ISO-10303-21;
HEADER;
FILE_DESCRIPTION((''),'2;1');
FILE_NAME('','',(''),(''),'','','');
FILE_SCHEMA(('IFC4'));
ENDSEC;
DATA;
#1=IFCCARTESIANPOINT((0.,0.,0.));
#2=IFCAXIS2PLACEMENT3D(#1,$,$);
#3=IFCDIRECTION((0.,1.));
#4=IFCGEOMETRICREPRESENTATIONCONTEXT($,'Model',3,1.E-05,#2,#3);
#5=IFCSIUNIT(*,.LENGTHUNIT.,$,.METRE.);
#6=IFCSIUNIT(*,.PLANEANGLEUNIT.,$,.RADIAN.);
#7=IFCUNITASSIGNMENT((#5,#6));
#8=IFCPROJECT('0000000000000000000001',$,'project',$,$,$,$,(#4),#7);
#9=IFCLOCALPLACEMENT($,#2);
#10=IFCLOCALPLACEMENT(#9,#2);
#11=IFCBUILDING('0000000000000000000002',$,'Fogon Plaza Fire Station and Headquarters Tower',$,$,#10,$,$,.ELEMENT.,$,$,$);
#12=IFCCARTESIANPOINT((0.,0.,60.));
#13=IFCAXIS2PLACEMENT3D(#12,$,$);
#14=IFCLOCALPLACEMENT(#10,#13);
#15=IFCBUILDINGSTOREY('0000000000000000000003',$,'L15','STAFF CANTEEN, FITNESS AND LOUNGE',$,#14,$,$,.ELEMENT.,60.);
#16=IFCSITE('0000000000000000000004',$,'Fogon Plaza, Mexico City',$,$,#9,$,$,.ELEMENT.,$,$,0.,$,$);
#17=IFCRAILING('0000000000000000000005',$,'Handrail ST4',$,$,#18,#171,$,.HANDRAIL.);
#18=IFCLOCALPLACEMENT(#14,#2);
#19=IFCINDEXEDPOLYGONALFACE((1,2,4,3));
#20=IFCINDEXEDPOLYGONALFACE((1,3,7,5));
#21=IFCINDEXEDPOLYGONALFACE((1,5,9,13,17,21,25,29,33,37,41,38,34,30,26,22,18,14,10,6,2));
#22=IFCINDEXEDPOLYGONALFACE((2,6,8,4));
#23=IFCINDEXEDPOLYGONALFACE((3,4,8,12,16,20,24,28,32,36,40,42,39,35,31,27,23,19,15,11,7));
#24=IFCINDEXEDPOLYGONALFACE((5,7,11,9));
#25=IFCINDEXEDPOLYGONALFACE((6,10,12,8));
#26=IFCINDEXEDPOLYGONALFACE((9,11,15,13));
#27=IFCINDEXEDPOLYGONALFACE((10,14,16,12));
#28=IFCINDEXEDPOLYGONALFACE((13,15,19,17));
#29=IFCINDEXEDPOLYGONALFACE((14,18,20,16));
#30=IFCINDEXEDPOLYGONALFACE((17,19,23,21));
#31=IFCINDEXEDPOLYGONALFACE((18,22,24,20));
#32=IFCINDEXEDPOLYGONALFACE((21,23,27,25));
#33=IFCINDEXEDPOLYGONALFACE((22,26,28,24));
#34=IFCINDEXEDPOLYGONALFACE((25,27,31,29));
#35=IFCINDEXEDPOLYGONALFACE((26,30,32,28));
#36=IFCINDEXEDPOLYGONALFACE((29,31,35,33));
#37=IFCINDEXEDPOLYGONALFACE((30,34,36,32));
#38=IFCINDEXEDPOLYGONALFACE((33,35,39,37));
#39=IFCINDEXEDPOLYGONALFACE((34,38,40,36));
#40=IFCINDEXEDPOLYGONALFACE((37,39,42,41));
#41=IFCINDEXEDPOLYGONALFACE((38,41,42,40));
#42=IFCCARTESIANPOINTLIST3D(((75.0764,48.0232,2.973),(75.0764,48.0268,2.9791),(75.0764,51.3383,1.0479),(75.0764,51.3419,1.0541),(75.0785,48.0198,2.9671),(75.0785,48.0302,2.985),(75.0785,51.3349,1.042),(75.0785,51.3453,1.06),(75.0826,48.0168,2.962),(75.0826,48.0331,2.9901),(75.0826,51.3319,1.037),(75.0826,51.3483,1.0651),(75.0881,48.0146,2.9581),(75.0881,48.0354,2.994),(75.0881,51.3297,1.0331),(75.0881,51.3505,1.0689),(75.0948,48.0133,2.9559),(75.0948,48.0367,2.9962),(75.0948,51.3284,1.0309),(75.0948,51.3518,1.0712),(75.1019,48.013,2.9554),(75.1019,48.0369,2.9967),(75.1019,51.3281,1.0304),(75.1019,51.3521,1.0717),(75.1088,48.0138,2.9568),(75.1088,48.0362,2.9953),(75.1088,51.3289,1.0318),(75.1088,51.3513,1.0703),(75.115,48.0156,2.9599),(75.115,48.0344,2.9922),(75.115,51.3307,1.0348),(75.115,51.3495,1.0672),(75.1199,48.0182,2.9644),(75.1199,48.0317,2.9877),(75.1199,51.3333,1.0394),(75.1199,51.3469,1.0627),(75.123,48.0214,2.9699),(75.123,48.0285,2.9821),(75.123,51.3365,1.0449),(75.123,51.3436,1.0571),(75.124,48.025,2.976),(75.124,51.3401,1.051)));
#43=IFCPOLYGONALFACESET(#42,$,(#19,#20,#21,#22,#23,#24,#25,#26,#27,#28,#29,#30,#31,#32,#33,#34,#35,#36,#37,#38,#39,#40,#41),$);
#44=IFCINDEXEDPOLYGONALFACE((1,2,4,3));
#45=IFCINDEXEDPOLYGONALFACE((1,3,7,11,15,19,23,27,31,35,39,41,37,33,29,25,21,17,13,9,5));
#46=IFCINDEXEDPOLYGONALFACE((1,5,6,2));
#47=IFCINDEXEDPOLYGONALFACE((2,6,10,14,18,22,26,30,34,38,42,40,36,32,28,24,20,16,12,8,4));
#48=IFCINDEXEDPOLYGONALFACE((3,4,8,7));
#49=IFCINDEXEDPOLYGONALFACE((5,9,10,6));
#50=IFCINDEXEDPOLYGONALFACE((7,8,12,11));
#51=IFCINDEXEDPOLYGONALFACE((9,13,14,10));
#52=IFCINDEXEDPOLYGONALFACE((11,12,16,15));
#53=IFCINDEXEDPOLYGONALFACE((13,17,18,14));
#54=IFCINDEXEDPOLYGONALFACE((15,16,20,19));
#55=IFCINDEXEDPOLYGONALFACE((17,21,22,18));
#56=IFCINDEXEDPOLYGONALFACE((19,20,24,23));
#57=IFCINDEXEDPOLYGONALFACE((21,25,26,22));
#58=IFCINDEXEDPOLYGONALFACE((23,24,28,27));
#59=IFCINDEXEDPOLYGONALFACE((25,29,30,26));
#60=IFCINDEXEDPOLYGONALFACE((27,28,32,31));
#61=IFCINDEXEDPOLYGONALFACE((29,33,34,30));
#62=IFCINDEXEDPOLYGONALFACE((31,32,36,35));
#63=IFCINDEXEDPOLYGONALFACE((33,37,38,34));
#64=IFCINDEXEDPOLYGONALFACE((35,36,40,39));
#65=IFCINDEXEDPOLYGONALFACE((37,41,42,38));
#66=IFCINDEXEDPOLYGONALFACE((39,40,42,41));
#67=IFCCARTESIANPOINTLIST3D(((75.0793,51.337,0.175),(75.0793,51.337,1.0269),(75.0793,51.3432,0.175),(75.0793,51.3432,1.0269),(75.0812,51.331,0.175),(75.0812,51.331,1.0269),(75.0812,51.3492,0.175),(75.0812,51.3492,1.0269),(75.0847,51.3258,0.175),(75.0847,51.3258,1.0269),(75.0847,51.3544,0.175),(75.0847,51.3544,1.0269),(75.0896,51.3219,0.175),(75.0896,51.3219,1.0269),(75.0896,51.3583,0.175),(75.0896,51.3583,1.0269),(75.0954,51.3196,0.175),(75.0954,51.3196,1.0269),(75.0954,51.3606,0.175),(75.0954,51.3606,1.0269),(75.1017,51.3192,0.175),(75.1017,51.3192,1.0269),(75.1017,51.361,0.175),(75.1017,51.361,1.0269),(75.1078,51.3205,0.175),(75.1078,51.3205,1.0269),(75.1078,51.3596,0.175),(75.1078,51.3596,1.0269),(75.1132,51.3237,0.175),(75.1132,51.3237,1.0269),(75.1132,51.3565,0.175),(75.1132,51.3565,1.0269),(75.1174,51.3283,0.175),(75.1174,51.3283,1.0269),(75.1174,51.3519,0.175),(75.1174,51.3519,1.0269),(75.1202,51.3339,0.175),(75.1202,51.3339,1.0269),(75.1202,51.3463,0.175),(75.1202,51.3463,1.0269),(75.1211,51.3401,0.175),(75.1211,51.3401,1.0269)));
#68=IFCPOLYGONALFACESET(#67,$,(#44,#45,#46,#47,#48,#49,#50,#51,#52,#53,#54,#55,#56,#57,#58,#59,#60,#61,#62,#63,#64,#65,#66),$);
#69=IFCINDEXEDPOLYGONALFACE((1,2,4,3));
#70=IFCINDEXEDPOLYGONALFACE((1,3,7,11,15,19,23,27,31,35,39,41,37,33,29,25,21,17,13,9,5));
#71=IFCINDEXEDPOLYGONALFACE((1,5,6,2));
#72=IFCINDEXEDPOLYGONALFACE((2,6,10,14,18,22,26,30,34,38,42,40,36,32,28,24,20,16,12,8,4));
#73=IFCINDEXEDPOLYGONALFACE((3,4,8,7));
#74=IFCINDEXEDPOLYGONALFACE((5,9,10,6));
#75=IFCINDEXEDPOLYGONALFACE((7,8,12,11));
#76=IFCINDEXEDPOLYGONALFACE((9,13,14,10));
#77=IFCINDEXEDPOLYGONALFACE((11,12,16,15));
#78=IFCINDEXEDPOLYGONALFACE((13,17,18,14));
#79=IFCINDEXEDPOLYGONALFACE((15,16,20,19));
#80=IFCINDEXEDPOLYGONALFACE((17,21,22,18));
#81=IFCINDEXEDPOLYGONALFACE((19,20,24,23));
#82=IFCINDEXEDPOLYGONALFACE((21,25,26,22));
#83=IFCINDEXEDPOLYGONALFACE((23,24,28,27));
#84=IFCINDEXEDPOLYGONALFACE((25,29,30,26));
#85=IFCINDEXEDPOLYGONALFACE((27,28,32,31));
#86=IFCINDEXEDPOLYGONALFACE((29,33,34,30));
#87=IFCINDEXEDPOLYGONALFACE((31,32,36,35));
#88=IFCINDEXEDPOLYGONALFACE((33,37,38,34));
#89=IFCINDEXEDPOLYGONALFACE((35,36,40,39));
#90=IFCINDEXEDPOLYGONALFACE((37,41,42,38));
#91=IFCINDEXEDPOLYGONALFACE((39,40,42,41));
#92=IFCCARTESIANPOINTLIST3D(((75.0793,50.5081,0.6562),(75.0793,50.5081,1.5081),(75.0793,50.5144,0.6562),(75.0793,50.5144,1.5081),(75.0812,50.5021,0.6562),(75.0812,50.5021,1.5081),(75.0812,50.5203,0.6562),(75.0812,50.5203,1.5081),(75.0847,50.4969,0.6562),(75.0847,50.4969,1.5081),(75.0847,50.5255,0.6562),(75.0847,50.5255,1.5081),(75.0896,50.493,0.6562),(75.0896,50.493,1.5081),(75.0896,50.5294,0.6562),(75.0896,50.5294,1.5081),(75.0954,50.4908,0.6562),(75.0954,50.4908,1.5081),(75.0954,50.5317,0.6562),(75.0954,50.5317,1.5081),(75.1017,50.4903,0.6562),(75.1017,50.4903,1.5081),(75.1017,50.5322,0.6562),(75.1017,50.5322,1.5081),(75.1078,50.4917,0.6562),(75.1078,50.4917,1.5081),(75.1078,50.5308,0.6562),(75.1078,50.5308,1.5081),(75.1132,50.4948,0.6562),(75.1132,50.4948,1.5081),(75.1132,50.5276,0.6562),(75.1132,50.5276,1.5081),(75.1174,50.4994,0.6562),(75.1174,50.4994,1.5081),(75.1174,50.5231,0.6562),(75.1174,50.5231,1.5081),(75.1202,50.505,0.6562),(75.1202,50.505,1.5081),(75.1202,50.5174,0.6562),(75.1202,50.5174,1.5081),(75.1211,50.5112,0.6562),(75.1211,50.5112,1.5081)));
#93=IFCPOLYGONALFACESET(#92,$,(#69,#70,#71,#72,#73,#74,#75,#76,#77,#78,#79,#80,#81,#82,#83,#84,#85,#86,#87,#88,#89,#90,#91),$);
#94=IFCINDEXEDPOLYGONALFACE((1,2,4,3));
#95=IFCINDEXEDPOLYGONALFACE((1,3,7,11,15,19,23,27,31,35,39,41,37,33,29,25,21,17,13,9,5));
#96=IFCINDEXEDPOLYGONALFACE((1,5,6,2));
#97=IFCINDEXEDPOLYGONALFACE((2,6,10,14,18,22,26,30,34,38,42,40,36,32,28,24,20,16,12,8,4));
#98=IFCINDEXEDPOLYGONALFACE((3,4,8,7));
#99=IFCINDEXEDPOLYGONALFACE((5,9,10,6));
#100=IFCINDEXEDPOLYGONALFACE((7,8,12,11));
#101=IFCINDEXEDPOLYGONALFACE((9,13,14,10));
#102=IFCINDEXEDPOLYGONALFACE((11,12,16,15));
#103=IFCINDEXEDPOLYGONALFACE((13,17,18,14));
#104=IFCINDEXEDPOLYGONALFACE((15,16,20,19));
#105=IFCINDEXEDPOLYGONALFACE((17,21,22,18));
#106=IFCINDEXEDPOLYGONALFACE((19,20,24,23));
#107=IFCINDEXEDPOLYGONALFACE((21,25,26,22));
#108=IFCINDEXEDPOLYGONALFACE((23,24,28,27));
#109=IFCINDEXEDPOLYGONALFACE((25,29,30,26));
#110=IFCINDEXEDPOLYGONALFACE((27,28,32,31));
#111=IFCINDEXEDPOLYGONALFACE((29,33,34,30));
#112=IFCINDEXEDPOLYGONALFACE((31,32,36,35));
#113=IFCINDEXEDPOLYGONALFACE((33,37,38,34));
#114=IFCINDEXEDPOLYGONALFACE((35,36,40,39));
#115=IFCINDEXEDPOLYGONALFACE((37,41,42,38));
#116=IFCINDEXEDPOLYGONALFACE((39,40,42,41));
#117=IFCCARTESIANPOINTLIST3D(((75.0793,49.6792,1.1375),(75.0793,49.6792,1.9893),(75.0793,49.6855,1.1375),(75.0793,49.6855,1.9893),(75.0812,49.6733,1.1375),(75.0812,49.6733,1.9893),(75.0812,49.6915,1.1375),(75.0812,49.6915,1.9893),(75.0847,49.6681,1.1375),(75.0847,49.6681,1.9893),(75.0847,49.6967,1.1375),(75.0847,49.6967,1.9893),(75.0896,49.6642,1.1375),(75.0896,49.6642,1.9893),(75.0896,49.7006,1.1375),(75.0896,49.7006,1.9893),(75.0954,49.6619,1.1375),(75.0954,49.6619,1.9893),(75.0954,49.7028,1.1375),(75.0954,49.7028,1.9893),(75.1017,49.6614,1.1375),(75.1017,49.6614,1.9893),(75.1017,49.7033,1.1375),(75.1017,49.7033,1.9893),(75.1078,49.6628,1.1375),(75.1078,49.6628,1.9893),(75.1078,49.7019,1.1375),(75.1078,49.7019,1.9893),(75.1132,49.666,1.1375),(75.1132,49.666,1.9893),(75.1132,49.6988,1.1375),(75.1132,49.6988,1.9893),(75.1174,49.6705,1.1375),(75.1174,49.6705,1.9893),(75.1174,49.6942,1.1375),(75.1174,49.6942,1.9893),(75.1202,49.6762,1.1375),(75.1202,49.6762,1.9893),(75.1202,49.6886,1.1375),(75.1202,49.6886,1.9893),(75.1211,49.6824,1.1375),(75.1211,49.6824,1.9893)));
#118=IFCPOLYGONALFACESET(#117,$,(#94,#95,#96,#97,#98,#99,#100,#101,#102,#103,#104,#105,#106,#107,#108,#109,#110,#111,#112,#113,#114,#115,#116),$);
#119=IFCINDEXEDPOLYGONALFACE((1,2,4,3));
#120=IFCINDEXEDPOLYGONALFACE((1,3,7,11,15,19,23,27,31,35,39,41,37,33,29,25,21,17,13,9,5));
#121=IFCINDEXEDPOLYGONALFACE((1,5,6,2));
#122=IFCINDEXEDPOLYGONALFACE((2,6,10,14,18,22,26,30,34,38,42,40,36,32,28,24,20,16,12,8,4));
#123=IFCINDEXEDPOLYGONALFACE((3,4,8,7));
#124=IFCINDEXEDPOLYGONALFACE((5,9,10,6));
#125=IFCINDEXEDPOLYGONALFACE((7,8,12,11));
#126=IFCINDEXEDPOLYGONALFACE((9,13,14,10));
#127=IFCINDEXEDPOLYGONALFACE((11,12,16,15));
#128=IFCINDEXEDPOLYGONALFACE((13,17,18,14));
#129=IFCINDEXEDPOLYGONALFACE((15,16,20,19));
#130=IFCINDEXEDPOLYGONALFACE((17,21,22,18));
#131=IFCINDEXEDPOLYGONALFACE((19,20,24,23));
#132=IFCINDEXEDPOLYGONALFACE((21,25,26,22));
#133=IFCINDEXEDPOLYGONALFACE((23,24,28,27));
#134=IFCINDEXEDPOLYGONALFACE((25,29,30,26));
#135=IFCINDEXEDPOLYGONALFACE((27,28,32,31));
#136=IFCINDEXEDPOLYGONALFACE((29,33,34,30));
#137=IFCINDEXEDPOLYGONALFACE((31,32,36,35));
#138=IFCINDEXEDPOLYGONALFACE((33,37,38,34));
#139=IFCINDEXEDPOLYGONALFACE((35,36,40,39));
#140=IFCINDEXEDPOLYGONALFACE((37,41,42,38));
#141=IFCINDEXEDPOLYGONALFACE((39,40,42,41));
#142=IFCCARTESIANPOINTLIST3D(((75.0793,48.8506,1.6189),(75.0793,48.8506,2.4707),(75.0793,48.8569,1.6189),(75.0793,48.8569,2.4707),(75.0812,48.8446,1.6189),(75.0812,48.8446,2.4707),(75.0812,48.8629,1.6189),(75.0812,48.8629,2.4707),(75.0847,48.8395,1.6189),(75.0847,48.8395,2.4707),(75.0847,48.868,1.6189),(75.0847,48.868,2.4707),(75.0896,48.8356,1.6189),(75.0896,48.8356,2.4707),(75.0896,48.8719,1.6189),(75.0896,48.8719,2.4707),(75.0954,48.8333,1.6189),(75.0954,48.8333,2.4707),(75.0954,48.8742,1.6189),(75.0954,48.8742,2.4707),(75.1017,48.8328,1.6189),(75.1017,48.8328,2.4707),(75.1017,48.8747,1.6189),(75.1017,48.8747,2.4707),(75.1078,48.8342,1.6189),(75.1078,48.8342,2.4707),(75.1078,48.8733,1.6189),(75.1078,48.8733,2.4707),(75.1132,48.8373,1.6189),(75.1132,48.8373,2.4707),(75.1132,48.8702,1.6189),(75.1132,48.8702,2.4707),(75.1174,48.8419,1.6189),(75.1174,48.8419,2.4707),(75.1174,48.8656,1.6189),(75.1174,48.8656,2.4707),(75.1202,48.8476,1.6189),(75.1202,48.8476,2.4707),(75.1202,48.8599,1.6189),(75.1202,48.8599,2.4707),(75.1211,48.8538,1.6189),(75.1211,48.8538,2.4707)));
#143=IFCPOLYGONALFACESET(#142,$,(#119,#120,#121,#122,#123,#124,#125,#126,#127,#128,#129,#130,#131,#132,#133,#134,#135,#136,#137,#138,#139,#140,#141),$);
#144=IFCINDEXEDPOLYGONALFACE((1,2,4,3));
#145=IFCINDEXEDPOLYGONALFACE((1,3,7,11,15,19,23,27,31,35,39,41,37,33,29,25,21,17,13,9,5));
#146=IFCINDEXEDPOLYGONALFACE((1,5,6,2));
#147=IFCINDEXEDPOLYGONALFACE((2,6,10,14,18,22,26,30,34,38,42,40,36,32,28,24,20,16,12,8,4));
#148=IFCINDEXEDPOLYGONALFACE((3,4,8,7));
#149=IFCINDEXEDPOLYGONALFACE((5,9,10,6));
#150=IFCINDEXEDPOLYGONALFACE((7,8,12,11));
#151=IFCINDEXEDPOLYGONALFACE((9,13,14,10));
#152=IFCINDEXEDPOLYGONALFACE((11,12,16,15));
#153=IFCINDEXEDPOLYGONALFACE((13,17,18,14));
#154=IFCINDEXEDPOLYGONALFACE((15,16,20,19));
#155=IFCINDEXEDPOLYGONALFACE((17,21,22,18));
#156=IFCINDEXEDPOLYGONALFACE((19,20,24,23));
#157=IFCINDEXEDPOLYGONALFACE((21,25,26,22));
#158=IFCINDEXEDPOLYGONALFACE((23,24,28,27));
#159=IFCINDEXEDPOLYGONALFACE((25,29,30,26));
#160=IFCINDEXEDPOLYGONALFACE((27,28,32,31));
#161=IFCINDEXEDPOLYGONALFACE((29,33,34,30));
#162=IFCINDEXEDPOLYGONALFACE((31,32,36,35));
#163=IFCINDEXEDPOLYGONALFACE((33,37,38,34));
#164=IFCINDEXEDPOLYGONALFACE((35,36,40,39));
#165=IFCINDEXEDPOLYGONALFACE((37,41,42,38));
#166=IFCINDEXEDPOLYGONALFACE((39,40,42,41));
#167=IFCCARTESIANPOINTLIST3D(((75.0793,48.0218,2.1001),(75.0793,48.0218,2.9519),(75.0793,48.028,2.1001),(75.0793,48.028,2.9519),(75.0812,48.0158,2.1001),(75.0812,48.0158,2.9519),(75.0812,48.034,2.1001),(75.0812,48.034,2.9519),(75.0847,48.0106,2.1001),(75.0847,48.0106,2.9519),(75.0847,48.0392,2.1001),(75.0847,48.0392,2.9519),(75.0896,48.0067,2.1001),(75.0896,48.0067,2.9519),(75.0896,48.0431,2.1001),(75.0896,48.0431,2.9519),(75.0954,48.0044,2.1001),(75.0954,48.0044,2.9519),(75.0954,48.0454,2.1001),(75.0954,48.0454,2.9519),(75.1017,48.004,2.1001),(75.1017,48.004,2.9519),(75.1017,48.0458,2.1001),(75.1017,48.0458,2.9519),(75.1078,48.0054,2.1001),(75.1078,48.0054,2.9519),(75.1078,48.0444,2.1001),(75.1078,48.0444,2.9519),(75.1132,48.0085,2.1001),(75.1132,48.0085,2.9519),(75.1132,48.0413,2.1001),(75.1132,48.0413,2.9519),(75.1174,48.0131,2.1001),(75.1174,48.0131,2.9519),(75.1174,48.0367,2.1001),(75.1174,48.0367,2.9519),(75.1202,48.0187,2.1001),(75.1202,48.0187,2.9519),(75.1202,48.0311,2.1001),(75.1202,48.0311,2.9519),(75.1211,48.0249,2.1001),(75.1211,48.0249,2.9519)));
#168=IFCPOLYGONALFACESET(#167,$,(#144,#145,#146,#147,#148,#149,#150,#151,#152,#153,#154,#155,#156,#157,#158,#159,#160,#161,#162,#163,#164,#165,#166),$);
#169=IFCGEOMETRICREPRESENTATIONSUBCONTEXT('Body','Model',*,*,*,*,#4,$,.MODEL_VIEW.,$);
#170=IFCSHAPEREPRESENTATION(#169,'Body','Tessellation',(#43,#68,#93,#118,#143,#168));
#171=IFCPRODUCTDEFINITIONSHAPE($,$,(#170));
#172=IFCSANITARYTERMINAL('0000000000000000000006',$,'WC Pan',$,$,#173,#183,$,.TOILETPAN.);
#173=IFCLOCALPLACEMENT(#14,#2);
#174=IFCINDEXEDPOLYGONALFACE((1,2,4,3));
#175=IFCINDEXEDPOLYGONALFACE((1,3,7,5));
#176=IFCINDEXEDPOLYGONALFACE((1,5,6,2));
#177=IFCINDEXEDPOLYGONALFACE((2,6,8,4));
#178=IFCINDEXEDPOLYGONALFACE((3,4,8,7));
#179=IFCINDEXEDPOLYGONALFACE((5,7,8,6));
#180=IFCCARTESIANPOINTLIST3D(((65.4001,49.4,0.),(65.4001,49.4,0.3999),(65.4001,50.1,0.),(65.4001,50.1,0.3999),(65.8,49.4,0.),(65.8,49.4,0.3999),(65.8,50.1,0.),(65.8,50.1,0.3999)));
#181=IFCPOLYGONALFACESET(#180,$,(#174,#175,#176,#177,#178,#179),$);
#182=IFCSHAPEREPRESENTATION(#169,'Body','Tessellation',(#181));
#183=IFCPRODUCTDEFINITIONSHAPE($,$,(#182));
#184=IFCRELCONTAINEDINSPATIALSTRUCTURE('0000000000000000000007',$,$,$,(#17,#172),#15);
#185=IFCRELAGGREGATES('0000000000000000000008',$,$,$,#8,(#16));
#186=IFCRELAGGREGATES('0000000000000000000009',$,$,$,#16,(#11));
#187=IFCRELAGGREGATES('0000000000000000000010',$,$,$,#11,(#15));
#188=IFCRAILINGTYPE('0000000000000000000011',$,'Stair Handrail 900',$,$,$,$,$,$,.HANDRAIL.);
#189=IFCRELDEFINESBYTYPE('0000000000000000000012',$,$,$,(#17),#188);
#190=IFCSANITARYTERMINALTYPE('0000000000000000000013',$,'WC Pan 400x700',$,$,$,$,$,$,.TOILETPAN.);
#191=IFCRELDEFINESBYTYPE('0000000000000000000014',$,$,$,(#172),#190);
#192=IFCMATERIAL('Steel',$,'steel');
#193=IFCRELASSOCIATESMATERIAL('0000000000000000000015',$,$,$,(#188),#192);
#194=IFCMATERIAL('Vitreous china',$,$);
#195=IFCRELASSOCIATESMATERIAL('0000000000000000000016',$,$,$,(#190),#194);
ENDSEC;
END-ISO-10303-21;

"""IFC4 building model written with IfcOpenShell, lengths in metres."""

from ifc_helpers import new_model, si_unit, direction, frame, origin, origin_2d, place, context, subcontext, project, spatial, rectangle, circle, extrude, material, type_object, element, save


model = new_model("IFC4")

# Units and contexts
model_context = context("Model", 3, precision=1e-05, world=origin(), true_north=direction((0.0, 1.0)))
body_context = subcontext(model_context, "Body", "Model", "MODEL_VIEW")
ifc_project = project(units=[si_unit("LENGTHUNIT", "METRE"), si_unit("PLANEANGLEUNIT", "RADIAN")], contexts=[model_context])

# Site, building, storey
site_placement = place(None, origin())
site = spatial("IfcSite", under=ifc_project, at=site_placement, Name="Fogon Plaza, Mexico City", CompositionType="ELEMENT", RefElevation=0.0)
building_placement = place(site_placement, origin())
building = spatial("IfcBuilding", under=site, at=building_placement, Name="Fogon Plaza Fire Station and Headquarters Tower", CompositionType="ELEMENT")
storey_placement = place(building_placement, frame((0.0, 0.0, 60.0)))
storey = spatial("IfcBuildingStorey", under=building, at=storey_placement, Name="L15", Description="STAFF CANTEEN, FITNESS AND LOUNGE", CompositionType="ELEMENT", Elevation=60.0)

# Railing
ifc_material_1 = material(Name="Steel", Category="steel")
railing_type = type_object("IfcRailingType", Name="Stair Handrail 900", PredefinedType="HANDRAIL", material=ifc_material_1)
for number, where, name in (
    (1, (75.1001, 51.3401, 0.175), "Handrail ST4"),
):
    element("IfcRailing", number, at=place(storey_placement, frame(where)), inside=storey, type_object=railing_type, Name=name, PredefinedType="HANDRAIL", context=body_context, shape_type="SweptSolid", body=[
        extrude(circle(Radius=0.0239, at=origin_2d()), frame((0.0, 0.0, 0.876), z_axis=(0.0, -0.864777, 0.502155), x_axis=(1.0, 0.0, 0.0)), (0.0, 0.0, 1.0), 3.8335),
        extrude(circle(Radius=0.021, at=origin_2d()), origin(), (0.0, 0.0, 1.0), 0.8518),
        extrude(circle(Radius=0.021, at=origin_2d()), frame((0.0, -0.8289, 0.4812)), (0.0, 0.0, 1.0), 0.8518),
        extrude(circle(Radius=0.021, at=origin_2d()), frame((0.0, -1.6577, 0.9624)), (0.0, 0.0, 1.0), 0.8518),
        extrude(circle(Radius=0.021, at=origin_2d()), frame((0.0, -2.4863, 1.4438)), (0.0, 0.0, 1.0), 0.8518),
        extrude(circle(Radius=0.021, at=origin_2d()), frame((0.0, -3.3152, 1.925)), (0.0, 0.0, 1.0), 0.8518),
    ])

# Sanitary terminal
ifc_material_2 = material(Name="Vitreous china")
sanitary_terminal_type = type_object("IfcSanitaryTerminalType", Name="WC Pan 400x700", PredefinedType="TOILETPAN", material=ifc_material_2)
sanitary_terminal_placement = place(storey_placement, frame((65.6001, 49.75, 0.0), z_axis=(0.0, 0.0, 1.0), x_axis=(1.0, 0.0, 0.0)))
element("IfcSanitaryTerminal", 2, at=sanitary_terminal_placement, inside=storey, type_object=sanitary_terminal_type, Name="WC Pan", PredefinedType="TOILETPAN", context=body_context, shape_type="SweptSolid", body=[
    extrude(rectangle(XDim=0.3999, YDim=0.7, at=origin_2d()), origin(), (0.0, 0.0, 1.0), 0.3999),
])

save(model, "model.ifc")
